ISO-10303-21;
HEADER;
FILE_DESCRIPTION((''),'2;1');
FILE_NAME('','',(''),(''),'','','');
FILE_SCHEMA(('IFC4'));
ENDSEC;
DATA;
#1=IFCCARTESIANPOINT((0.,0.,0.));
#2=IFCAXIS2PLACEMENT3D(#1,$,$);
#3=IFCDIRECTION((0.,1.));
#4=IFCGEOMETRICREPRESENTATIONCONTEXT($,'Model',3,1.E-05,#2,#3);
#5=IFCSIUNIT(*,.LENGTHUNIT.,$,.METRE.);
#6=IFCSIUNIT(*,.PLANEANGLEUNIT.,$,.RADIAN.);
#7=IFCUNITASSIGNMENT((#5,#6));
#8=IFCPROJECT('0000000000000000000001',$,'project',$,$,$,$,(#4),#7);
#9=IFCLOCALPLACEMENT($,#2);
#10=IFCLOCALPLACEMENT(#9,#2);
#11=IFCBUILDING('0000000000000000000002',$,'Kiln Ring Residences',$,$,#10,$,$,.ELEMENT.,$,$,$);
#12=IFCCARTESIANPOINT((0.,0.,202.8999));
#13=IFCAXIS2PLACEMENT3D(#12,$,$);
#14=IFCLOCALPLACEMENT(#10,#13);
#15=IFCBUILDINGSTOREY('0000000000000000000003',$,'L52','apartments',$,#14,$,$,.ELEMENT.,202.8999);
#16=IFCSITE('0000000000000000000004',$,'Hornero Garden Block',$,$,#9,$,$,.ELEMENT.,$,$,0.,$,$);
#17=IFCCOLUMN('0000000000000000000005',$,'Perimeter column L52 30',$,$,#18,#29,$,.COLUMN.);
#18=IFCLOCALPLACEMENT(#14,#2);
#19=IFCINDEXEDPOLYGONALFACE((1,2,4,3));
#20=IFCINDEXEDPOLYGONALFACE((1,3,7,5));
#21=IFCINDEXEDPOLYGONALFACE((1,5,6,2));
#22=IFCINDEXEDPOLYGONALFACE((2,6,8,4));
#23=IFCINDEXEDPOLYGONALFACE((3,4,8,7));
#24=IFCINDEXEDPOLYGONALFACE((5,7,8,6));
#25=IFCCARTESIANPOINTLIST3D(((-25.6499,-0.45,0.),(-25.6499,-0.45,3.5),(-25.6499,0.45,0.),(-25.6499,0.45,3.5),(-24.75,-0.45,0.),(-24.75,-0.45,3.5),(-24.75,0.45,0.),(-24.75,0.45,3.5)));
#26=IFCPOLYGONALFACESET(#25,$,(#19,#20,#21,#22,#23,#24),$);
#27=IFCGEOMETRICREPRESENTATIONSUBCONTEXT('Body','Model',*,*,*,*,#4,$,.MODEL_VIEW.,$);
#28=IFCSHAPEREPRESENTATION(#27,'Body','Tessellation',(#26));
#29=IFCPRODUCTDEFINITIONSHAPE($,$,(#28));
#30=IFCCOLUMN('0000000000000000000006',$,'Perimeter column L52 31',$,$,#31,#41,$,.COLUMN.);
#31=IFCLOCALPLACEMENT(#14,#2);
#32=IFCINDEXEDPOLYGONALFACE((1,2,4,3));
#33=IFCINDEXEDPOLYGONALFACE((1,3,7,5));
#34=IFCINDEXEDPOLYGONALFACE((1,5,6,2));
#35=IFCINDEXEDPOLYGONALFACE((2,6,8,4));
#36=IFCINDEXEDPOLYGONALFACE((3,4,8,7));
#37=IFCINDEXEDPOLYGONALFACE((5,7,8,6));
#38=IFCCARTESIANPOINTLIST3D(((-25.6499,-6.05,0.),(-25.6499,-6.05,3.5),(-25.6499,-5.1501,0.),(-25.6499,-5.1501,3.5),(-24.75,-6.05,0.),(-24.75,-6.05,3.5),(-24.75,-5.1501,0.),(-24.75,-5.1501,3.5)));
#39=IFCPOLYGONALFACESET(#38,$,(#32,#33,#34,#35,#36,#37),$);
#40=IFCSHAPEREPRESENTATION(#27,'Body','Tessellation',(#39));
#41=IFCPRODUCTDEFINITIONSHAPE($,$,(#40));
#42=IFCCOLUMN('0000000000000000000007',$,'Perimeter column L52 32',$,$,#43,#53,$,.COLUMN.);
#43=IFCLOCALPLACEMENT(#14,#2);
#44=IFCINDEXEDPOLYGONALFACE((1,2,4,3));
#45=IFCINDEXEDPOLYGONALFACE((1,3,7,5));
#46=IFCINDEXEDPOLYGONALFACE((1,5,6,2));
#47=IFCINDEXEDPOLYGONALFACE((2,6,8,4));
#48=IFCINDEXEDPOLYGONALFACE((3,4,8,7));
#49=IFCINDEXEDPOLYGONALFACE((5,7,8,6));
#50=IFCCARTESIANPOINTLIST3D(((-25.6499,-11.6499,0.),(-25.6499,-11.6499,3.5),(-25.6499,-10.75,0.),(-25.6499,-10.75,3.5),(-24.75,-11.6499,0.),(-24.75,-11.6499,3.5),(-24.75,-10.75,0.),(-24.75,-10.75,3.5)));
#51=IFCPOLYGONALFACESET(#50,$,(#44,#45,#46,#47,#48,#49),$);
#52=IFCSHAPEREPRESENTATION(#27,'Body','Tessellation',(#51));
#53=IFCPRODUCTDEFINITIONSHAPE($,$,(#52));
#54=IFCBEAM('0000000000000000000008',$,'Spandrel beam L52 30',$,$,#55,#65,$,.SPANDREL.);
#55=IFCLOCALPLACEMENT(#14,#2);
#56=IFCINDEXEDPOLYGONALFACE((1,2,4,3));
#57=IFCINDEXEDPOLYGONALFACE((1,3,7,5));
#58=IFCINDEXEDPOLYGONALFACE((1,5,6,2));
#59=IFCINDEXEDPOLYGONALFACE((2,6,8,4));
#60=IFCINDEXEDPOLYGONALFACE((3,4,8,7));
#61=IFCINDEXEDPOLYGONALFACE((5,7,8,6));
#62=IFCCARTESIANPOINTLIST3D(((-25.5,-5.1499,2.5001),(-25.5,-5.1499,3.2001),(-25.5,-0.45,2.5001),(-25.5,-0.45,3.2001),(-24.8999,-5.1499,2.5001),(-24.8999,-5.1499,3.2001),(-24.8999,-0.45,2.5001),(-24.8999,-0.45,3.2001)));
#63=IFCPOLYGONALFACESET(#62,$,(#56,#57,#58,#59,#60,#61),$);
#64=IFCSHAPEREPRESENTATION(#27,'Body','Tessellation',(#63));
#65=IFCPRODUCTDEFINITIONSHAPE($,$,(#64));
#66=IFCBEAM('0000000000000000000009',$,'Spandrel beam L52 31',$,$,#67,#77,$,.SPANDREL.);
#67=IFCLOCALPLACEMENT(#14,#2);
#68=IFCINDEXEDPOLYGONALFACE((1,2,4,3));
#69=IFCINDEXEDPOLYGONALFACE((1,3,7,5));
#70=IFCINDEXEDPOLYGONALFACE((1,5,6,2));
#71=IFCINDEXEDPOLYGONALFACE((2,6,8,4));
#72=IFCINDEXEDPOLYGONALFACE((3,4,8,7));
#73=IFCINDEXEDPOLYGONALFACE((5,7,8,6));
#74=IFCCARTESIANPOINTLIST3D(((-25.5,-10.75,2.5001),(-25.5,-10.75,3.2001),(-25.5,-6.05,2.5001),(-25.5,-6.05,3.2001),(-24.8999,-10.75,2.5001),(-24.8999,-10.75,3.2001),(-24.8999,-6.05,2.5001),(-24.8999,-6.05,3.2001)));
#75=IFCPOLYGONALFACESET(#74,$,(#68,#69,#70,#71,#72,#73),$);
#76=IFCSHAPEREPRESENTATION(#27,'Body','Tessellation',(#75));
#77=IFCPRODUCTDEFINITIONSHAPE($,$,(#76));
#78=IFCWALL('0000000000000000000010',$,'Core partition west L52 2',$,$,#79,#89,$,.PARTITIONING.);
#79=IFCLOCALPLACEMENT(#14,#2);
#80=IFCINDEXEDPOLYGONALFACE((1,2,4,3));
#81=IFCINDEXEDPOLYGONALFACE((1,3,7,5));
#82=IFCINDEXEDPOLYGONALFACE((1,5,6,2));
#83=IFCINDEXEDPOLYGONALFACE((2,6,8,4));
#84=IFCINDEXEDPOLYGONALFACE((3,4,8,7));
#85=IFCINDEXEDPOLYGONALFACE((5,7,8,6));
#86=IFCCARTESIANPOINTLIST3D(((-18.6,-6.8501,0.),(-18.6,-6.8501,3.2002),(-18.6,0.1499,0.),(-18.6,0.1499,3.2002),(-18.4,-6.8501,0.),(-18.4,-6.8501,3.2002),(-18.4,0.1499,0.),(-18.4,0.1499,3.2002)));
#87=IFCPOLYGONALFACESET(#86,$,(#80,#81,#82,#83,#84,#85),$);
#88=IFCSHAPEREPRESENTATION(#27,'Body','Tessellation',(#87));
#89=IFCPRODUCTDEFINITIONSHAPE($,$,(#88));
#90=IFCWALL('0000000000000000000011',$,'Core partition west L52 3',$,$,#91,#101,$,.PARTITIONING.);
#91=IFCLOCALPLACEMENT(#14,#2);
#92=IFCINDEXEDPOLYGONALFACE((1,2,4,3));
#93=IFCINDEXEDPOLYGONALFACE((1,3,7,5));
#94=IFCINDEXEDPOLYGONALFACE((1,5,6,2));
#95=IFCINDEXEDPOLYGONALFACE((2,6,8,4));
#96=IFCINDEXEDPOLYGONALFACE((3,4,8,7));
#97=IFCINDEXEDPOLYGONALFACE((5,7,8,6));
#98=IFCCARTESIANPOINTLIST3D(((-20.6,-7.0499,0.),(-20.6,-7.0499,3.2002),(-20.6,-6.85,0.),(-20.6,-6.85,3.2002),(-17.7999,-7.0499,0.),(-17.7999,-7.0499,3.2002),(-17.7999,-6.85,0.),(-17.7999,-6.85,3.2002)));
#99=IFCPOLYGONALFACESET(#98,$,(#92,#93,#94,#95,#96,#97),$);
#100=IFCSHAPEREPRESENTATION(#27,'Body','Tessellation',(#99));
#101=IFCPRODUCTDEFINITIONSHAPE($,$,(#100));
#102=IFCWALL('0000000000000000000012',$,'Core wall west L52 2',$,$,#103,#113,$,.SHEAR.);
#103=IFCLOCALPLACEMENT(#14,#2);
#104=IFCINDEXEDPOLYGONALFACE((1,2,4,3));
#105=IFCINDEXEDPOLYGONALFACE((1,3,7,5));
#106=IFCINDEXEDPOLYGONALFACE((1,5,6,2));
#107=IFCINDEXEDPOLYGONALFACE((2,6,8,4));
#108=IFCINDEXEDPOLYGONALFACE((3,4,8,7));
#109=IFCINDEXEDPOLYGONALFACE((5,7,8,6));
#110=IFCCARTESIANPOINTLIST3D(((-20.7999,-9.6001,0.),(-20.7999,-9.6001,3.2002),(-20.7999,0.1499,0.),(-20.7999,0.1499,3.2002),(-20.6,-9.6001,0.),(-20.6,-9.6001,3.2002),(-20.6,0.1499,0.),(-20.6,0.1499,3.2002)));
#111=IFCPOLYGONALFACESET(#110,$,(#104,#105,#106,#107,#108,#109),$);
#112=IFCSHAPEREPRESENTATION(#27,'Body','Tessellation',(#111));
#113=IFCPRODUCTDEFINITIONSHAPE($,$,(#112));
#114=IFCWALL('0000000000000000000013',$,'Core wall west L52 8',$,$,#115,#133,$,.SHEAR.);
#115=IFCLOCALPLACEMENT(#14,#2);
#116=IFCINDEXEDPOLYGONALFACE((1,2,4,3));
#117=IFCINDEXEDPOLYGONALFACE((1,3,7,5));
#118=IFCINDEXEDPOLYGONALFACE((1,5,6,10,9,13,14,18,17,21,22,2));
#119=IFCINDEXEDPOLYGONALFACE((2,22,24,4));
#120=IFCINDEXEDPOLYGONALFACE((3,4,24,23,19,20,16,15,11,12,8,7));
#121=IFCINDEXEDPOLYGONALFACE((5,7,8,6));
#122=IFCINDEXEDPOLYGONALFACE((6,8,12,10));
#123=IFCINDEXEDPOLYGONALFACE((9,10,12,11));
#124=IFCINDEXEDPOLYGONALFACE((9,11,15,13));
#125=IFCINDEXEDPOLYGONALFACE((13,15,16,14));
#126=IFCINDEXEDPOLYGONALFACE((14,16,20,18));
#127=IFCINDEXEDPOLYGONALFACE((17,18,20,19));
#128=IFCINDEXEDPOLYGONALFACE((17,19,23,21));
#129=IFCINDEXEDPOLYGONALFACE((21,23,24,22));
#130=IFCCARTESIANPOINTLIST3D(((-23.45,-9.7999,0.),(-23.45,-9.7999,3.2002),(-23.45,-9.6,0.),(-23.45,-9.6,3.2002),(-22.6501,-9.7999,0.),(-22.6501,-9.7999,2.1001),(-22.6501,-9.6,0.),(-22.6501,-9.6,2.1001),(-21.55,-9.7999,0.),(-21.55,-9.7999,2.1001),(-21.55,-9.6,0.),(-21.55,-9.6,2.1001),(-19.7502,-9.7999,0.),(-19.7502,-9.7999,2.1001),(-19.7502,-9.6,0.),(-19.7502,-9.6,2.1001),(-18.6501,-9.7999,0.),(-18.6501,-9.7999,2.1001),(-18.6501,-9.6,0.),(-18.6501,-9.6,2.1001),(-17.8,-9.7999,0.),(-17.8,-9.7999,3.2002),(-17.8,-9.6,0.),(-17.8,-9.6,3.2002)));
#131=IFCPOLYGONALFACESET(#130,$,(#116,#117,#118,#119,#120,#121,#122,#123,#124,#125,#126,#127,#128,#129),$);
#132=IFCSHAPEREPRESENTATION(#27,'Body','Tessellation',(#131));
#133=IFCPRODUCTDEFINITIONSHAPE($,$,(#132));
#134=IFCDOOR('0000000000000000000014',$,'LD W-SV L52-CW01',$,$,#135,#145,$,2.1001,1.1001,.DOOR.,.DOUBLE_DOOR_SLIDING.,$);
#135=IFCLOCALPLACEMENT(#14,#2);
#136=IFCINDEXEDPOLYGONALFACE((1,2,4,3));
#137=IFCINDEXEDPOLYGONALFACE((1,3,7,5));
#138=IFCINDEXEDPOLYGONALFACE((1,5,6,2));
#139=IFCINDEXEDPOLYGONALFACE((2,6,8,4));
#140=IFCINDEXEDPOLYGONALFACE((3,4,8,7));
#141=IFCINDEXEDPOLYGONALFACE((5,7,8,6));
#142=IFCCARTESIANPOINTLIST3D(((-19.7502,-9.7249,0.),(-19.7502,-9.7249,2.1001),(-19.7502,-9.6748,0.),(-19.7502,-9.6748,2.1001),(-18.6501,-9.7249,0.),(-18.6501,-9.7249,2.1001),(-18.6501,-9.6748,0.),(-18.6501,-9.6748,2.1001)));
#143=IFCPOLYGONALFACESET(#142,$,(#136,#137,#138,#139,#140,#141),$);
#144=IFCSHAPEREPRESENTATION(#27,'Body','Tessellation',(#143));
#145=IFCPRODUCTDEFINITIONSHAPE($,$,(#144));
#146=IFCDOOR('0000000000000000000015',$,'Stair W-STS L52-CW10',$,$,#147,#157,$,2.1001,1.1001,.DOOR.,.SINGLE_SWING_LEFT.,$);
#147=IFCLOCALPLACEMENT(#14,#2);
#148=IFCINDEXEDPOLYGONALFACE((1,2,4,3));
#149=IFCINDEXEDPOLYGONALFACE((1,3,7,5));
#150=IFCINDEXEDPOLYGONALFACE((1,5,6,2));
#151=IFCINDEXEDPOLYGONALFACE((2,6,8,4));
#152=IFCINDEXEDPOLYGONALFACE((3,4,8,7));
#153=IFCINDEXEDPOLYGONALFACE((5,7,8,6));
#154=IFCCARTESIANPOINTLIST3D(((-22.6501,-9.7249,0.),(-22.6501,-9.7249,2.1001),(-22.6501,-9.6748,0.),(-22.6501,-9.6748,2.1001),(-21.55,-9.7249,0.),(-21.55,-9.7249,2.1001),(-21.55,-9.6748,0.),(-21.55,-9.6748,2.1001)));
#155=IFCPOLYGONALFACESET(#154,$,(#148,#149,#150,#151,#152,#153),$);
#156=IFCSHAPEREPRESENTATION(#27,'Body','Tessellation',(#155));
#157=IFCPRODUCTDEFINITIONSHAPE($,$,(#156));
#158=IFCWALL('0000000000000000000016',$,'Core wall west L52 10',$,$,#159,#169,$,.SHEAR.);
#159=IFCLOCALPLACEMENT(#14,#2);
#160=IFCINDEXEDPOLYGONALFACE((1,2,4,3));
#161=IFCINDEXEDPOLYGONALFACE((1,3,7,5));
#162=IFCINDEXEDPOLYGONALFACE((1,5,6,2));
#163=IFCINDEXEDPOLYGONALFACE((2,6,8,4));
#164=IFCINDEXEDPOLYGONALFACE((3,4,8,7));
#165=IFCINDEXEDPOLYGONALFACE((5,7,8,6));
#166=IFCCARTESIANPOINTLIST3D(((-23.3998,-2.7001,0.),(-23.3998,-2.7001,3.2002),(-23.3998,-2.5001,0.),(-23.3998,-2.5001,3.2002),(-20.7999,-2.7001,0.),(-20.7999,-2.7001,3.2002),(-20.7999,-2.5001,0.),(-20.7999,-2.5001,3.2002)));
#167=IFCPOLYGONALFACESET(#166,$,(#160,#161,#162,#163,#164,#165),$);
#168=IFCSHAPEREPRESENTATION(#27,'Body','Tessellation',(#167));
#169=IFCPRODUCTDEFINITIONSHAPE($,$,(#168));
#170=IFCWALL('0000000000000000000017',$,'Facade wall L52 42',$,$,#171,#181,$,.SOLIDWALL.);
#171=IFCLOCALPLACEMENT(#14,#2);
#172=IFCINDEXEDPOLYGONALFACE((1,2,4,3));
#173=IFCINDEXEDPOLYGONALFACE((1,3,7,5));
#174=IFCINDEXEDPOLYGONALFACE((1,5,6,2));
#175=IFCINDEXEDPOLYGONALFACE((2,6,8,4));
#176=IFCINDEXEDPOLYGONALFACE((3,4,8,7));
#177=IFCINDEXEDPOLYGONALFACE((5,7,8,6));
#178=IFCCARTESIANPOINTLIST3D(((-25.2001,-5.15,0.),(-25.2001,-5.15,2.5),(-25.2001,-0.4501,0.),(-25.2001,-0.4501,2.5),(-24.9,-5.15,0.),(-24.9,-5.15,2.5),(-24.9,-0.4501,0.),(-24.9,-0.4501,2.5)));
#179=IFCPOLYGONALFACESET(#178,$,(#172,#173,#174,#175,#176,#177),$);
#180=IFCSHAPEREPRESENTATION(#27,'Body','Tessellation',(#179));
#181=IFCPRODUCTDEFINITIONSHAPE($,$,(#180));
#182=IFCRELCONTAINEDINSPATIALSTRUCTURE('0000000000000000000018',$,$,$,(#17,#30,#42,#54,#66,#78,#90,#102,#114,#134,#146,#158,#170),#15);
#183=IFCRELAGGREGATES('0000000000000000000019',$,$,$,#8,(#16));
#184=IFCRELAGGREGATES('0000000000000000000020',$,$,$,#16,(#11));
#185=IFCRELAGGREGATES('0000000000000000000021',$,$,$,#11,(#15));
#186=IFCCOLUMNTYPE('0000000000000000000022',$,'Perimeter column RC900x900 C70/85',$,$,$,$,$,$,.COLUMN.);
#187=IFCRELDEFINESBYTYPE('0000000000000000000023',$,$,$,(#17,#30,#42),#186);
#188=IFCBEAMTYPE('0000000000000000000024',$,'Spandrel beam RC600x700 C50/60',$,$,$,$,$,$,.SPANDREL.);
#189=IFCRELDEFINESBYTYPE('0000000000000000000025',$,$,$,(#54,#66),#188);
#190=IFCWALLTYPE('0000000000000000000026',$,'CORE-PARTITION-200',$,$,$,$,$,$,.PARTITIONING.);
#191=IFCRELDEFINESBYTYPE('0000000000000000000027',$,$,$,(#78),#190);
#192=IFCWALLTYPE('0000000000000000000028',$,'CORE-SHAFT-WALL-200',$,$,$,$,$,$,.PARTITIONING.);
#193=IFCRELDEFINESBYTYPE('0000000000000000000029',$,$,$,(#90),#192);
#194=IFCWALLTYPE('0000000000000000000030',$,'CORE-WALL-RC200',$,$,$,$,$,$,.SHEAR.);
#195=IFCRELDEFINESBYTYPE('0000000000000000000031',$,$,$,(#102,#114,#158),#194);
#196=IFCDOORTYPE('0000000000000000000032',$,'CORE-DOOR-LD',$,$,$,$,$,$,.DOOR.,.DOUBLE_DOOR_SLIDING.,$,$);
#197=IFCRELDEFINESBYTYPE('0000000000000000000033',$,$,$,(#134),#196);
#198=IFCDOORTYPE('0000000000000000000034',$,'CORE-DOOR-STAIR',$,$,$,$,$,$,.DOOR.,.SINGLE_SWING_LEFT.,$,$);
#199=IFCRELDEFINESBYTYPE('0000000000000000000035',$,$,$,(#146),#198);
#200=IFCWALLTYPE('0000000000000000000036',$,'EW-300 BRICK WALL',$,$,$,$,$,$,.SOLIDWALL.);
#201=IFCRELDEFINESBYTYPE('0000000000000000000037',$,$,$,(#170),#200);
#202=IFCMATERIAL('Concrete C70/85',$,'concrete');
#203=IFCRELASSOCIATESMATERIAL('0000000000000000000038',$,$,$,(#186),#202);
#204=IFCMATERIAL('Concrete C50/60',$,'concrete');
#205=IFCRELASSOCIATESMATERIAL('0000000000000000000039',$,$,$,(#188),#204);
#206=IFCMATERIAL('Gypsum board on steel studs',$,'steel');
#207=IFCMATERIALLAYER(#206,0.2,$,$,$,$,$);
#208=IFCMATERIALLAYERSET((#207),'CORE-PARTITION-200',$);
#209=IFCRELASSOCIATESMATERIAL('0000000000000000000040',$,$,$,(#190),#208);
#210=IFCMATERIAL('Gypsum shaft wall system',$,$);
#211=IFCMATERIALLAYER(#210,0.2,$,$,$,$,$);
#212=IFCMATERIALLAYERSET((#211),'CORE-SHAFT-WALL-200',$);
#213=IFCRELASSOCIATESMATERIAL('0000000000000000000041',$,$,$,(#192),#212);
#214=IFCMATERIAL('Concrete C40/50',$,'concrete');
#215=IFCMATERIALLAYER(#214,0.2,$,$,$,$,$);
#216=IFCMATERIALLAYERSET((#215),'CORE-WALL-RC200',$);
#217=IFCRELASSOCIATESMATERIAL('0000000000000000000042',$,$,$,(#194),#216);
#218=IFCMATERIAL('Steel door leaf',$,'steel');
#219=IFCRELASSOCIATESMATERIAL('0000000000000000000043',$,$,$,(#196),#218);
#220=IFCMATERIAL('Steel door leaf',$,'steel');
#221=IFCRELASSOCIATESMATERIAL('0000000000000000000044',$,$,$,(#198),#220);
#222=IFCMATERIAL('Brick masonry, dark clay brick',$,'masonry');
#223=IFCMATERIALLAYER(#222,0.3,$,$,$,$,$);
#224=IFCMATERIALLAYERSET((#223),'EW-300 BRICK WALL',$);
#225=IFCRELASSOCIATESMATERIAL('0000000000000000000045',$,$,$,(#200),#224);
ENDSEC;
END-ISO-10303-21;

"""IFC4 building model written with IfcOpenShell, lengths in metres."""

from ifc_helpers import new_model, si_unit, direction, frame, frame_2d, origin, origin_2d, place, context, subcontext, project, spatial, rectangle, extrude, material, layer, layer_set, material_profile, profile_set, type_object, element, fill, save


model = new_model("IFC4")

# Units and contexts
model_context = context("Model", 3, precision=1e-05, world=origin(), true_north=direction((0.0, 1.0)))
body_context = subcontext(model_context, "Body", "Model", "MODEL_VIEW")
ifc_project = project(units=[si_unit("LENGTHUNIT", "METRE"), si_unit("PLANEANGLEUNIT", "RADIAN")], contexts=[model_context])

# Site, building, storey
site_placement = place(None, origin())
site = spatial("IfcSite", under=ifc_project, at=site_placement, Name="Hornero Garden Block", CompositionType="ELEMENT", RefElevation=0.0)
building_placement = place(site_placement, origin())
building = spatial("IfcBuilding", under=site, at=building_placement, Name="Kiln Ring Residences", CompositionType="ELEMENT")
storey_placement = place(building_placement, frame((0.0, 0.0, 202.8999)))
storey = spatial("IfcBuildingStorey", under=building, at=storey_placement, Name="L52", Description="apartments", CompositionType="ELEMENT", Elevation=202.8999)

# Columns
ifc_material_1 = material(Name="Concrete C70/85", Category="concrete")
ifc_material_profile_1 = material_profile(ifc_material_1, rectangle(XDim=0.8999, YDim=0.8999, at=origin_2d()), Name="RC900x900")
ifc_profile_set_1 = profile_set([ifc_material_profile_1], Name="Concrete C70/85")
column_type = type_object("IfcColumnType", Name="Perimeter column RC900x900 C70/85", PredefinedType="COLUMN", material=ifc_profile_set_1)
for number, where, z_axis, x_axis, name in (
    (1, (-25.2, 0.0, 0.0), (0.0, 0.0, 1.0), (1.0, 0.0, 0.0), "Perimeter column L52 30"),
    (2, (-25.2, -5.6001, 0.0), (0.0, 0.0, 1.0), (1.0, 0.0, 0.0), "Perimeter column L52 31"),
    (3, (-25.2, -11.2, 0.0), (0.0, 0.0, 1.0), (1.0, 0.0, 0.0), "Perimeter column L52 32"),
):
    element("IfcColumn", number, at=place(storey_placement, frame(where, z_axis=z_axis, x_axis=x_axis)), inside=storey, type_object=column_type, Name=name, PredefinedType="COLUMN", context=body_context, shape_type="SweptSolid", body=[
        extrude(rectangle(XDim=0.8999, YDim=0.8999, at=origin_2d()), origin(), (0.0, 0.0, 1.0), 3.5),
    ])

# Beams
ifc_material_2 = material(Name="Concrete C50/60", Category="concrete")
ifc_material_profile_2 = material_profile(ifc_material_2, rectangle(XDim=0.6001, YDim=0.7, at=origin_2d()), Name="RC600x700")
ifc_profile_set_2 = profile_set([ifc_material_profile_2], Name="Concrete C50/60")
beam_type = type_object("IfcBeamType", Name="Spandrel beam RC600x700 C50/60", PredefinedType="SPANDREL", material=ifc_profile_set_2)
for number, where, z_axis, x_axis, name in (
    (4, (-25.2, -0.45, 2.8501), (0.0, -1.0, 0.0), (1.0, 0.0, 0.0), "Spandrel beam L52 30"),
    (5, (-25.2, -6.05, 2.8501), (0.0, -1.0, 0.0), (1.0, 0.0, 0.0), "Spandrel beam L52 31"),
):
    element("IfcBeam", number, at=place(storey_placement, frame(where, z_axis=z_axis, x_axis=x_axis)), inside=storey, type_object=beam_type, Name=name, PredefinedType="SPANDREL", context=body_context, shape_type="SweptSolid", body=[
        extrude(rectangle(XDim=0.6001, YDim=0.7, at=origin_2d()), origin(), (0.0, 0.0, 1.0), 4.7),
    ])

# Walls
ifc_material_3 = material(Name="Gypsum board on steel studs", Category="steel")
ifc_layer_1 = layer(ifc_material_3, 0.2)
ifc_layer_set_1 = layer_set([ifc_layer_1], Name="CORE-PARTITION-200")
wall_type_1 = type_object("IfcWallType", Name="CORE-PARTITION-200", PredefinedType="PARTITIONING", material=ifc_layer_set_1)
wall_1_placement = place(storey_placement, frame((-18.5, -6.8501, 0.0), z_axis=(0.0, 0.0, 1.0), x_axis=(0.0, 1.0, 0.0)))
element("IfcWall", 6, at=wall_1_placement, inside=storey, type_object=wall_type_1, Name="Core partition west L52 2", PredefinedType="PARTITIONING", context=body_context, shape_type="SweptSolid", body=[
    extrude(rectangle(XDim=7.0, YDim=0.2, at=frame_2d((3.5, 0.0))), origin(), (0.0, 0.0, 1.0), 3.2002),
])
ifc_material_4 = material(Name="Gypsum shaft wall system")
ifc_layer_2 = layer(ifc_material_4, 0.2)
ifc_layer_set_2 = layer_set([ifc_layer_2], Name="CORE-SHAFT-WALL-200")
wall_type_2 = type_object("IfcWallType", Name="CORE-SHAFT-WALL-200", PredefinedType="PARTITIONING", material=ifc_layer_set_2)
wall_2_placement = place(storey_placement, frame((-17.8, -6.95, 0.0), z_axis=(0.0, 0.0, 1.0), x_axis=(-1.0, 0.0, 0.0)))
element("IfcWall", 7, at=wall_2_placement, inside=storey, type_object=wall_type_2, Name="Core partition west L52 3", PredefinedType="PARTITIONING", context=body_context, shape_type="SweptSolid", body=[
    extrude(rectangle(XDim=2.8, YDim=0.2, at=frame_2d((1.3999, 0.0))), origin(), (0.0, 0.0, 1.0), 3.2002),
])
ifc_material_5 = material(Name="Concrete C40/50", Category="concrete")
ifc_layer_3 = layer(ifc_material_5, 0.2)
ifc_layer_set_3 = layer_set([ifc_layer_3], Name="CORE-WALL-RC200")
wall_type_3 = type_object("IfcWallType", Name="CORE-WALL-RC200", PredefinedType="SHEAR", material=ifc_layer_set_3)
wall_3_placement = place(storey_placement, frame((-20.7, -9.6001, 0.0), z_axis=(0.0, 0.0, 1.0), x_axis=(0.0, 1.0, 0.0)))
element("IfcWall", 8, at=wall_3_placement, inside=storey, type_object=wall_type_3, Name="Core wall west L52 2", PredefinedType="SHEAR", context=body_context, shape_type="SweptSolid", body=[
    extrude(rectangle(XDim=9.75, YDim=0.2, at=frame_2d((4.875, 0.0))), origin(), (0.0, 0.0, 1.0), 3.2002),
])

# Wall, openings, doors
wall_4_placement = place(storey_placement, frame((-17.8, -9.7, 0.0), z_axis=(0.0, 0.0, 1.0), x_axis=(-1.0, 0.0, 0.0)))
wall_4 = element("IfcWall", 9, at=wall_4_placement, inside=storey, type_object=wall_type_3, Name="Core wall west L52 8", PredefinedType="SHEAR", context=body_context, shape_type="SweptSolid", body=[
    extrude(rectangle(XDim=5.6499, YDim=0.2, at=frame_2d((2.825, 0.0))), origin(), (0.0, 0.0, 1.0), 3.2002),
])
opening_1_placement = place(wall_4_placement, frame((0.8501, 0.0, 0.0)))
opening_1 = element("IfcOpeningElement", 10, at=opening_1_placement, cuts=wall_4, PredefinedType="OPENING", context=body_context, shape_type="SweptSolid", body=[
    extrude(rectangle(XDim=1.1001, YDim=2.1001, at=frame_2d((0.55, 1.05))), frame((0.0, 0.1099, 0.0), z_axis=(0.0, -1.0, 0.0), x_axis=(1.0, 0.0, 0.0)), (0.0, 0.0, 1.0), 0.22),
])
opening_2_placement = place(wall_4_placement, frame((3.75, 0.0, 0.0)))
opening_2 = element("IfcOpeningElement", 11, at=opening_2_placement, cuts=wall_4, PredefinedType="OPENING", context=body_context, shape_type="SweptSolid", body=[
    extrude(rectangle(XDim=1.1001, YDim=2.1001, at=frame_2d((0.55, 1.05))), frame((0.0, 0.1099, 0.0), z_axis=(0.0, -1.0, 0.0), x_axis=(1.0, 0.0, 0.0)), (0.0, 0.0, 1.0), 0.22),
])
ifc_material_6 = material(Name="Steel door leaf", Category="steel")
door_type_1 = type_object("IfcDoorType", Name="CORE-DOOR-LD", OperationType="DOUBLE_DOOR_SLIDING", PredefinedType="DOOR", material=ifc_material_6)
door_1_placement = place(opening_1_placement, origin())
door_1 = element("IfcDoor", 12, at=door_1_placement, inside=storey, type_object=door_type_1, Name="LD W-SV L52-CW01", OperationType="DOUBLE_DOOR_SLIDING", OverallHeight=2.1001, OverallWidth=1.1001, PredefinedType="DOOR", context=body_context, shape_type="SweptSolid", body=[
    extrude(rectangle(XDim=1.1001, YDim=2.1001, at=frame_2d((0.55, 1.05))), frame((0.0, 0.0249, 0.0), z_axis=(0.0, -1.0, 0.0), x_axis=(1.0, 0.0, 0.0)), (0.0, 0.0, 1.0), 0.05),
])
fill(opening_1, door_1)
ifc_material_7 = material(Name="Steel door leaf", Category="steel")
door_type_2 = type_object("IfcDoorType", Name="CORE-DOOR-STAIR", OperationType="SINGLE_SWING_LEFT", PredefinedType="DOOR", material=ifc_material_7)
door_2_placement = place(opening_2_placement, origin())
door_2 = element("IfcDoor", 13, at=door_2_placement, inside=storey, type_object=door_type_2, Name="Stair W-STS L52-CW10", OperationType="SINGLE_SWING_LEFT", OverallHeight=2.1001, OverallWidth=1.1001, PredefinedType="DOOR", context=body_context, shape_type="SweptSolid", body=[
    extrude(rectangle(XDim=1.1001, YDim=2.1001, at=frame_2d((0.55, 1.05))), frame((0.0, 0.0249, 0.0), z_axis=(0.0, -1.0, 0.0), x_axis=(1.0, 0.0, 0.0)), (0.0, 0.0, 1.0), 0.05),
])
fill(opening_2, door_2)

# Walls
wall_5_placement = place(storey_placement, frame((-20.8, -2.6001, 0.0), z_axis=(0.0, 0.0, 1.0), x_axis=(-1.0, 0.0, 0.0)))
element("IfcWall", 14, at=wall_5_placement, inside=storey, type_object=wall_type_3, Name="Core wall west L52 10", PredefinedType="SHEAR", context=body_context, shape_type="SweptSolid", body=[
    extrude(rectangle(XDim=2.5999, YDim=0.2, at=frame_2d((1.2998, 0.0))), origin(), (0.0, 0.0, 1.0), 3.2002),
])
ifc_material_8 = material(Name="Brick masonry, dark clay brick", Category="masonry")
ifc_layer_4 = layer(ifc_material_8, 0.3)
ifc_layer_set_4 = layer_set([ifc_layer_4], Name="EW-300 BRICK WALL")
wall_type_4 = type_object("IfcWallType", Name="EW-300 BRICK WALL", PredefinedType="SOLIDWALL", material=ifc_layer_set_4)
for number, where, z_axis, x_axis, name in (
    (15, (-25.05, -0.45, 0.0), (0.0, 0.0, 1.0), (0.0, -1.0, 0.0), "Facade wall L52 42"),
):
    element("IfcWall", number, at=place(storey_placement, frame(where, z_axis=z_axis, x_axis=x_axis)), inside=storey, type_object=wall_type_4, Name=name, PredefinedType="SOLIDWALL", context=body_context, shape_type="SweptSolid", body=[
        extrude(rectangle(XDim=4.7, YDim=0.3, at=frame_2d((2.3501, 0.0))), origin(), (0.0, 0.0, 1.0), 2.5),
    ])

save(model, "model.ifc")
